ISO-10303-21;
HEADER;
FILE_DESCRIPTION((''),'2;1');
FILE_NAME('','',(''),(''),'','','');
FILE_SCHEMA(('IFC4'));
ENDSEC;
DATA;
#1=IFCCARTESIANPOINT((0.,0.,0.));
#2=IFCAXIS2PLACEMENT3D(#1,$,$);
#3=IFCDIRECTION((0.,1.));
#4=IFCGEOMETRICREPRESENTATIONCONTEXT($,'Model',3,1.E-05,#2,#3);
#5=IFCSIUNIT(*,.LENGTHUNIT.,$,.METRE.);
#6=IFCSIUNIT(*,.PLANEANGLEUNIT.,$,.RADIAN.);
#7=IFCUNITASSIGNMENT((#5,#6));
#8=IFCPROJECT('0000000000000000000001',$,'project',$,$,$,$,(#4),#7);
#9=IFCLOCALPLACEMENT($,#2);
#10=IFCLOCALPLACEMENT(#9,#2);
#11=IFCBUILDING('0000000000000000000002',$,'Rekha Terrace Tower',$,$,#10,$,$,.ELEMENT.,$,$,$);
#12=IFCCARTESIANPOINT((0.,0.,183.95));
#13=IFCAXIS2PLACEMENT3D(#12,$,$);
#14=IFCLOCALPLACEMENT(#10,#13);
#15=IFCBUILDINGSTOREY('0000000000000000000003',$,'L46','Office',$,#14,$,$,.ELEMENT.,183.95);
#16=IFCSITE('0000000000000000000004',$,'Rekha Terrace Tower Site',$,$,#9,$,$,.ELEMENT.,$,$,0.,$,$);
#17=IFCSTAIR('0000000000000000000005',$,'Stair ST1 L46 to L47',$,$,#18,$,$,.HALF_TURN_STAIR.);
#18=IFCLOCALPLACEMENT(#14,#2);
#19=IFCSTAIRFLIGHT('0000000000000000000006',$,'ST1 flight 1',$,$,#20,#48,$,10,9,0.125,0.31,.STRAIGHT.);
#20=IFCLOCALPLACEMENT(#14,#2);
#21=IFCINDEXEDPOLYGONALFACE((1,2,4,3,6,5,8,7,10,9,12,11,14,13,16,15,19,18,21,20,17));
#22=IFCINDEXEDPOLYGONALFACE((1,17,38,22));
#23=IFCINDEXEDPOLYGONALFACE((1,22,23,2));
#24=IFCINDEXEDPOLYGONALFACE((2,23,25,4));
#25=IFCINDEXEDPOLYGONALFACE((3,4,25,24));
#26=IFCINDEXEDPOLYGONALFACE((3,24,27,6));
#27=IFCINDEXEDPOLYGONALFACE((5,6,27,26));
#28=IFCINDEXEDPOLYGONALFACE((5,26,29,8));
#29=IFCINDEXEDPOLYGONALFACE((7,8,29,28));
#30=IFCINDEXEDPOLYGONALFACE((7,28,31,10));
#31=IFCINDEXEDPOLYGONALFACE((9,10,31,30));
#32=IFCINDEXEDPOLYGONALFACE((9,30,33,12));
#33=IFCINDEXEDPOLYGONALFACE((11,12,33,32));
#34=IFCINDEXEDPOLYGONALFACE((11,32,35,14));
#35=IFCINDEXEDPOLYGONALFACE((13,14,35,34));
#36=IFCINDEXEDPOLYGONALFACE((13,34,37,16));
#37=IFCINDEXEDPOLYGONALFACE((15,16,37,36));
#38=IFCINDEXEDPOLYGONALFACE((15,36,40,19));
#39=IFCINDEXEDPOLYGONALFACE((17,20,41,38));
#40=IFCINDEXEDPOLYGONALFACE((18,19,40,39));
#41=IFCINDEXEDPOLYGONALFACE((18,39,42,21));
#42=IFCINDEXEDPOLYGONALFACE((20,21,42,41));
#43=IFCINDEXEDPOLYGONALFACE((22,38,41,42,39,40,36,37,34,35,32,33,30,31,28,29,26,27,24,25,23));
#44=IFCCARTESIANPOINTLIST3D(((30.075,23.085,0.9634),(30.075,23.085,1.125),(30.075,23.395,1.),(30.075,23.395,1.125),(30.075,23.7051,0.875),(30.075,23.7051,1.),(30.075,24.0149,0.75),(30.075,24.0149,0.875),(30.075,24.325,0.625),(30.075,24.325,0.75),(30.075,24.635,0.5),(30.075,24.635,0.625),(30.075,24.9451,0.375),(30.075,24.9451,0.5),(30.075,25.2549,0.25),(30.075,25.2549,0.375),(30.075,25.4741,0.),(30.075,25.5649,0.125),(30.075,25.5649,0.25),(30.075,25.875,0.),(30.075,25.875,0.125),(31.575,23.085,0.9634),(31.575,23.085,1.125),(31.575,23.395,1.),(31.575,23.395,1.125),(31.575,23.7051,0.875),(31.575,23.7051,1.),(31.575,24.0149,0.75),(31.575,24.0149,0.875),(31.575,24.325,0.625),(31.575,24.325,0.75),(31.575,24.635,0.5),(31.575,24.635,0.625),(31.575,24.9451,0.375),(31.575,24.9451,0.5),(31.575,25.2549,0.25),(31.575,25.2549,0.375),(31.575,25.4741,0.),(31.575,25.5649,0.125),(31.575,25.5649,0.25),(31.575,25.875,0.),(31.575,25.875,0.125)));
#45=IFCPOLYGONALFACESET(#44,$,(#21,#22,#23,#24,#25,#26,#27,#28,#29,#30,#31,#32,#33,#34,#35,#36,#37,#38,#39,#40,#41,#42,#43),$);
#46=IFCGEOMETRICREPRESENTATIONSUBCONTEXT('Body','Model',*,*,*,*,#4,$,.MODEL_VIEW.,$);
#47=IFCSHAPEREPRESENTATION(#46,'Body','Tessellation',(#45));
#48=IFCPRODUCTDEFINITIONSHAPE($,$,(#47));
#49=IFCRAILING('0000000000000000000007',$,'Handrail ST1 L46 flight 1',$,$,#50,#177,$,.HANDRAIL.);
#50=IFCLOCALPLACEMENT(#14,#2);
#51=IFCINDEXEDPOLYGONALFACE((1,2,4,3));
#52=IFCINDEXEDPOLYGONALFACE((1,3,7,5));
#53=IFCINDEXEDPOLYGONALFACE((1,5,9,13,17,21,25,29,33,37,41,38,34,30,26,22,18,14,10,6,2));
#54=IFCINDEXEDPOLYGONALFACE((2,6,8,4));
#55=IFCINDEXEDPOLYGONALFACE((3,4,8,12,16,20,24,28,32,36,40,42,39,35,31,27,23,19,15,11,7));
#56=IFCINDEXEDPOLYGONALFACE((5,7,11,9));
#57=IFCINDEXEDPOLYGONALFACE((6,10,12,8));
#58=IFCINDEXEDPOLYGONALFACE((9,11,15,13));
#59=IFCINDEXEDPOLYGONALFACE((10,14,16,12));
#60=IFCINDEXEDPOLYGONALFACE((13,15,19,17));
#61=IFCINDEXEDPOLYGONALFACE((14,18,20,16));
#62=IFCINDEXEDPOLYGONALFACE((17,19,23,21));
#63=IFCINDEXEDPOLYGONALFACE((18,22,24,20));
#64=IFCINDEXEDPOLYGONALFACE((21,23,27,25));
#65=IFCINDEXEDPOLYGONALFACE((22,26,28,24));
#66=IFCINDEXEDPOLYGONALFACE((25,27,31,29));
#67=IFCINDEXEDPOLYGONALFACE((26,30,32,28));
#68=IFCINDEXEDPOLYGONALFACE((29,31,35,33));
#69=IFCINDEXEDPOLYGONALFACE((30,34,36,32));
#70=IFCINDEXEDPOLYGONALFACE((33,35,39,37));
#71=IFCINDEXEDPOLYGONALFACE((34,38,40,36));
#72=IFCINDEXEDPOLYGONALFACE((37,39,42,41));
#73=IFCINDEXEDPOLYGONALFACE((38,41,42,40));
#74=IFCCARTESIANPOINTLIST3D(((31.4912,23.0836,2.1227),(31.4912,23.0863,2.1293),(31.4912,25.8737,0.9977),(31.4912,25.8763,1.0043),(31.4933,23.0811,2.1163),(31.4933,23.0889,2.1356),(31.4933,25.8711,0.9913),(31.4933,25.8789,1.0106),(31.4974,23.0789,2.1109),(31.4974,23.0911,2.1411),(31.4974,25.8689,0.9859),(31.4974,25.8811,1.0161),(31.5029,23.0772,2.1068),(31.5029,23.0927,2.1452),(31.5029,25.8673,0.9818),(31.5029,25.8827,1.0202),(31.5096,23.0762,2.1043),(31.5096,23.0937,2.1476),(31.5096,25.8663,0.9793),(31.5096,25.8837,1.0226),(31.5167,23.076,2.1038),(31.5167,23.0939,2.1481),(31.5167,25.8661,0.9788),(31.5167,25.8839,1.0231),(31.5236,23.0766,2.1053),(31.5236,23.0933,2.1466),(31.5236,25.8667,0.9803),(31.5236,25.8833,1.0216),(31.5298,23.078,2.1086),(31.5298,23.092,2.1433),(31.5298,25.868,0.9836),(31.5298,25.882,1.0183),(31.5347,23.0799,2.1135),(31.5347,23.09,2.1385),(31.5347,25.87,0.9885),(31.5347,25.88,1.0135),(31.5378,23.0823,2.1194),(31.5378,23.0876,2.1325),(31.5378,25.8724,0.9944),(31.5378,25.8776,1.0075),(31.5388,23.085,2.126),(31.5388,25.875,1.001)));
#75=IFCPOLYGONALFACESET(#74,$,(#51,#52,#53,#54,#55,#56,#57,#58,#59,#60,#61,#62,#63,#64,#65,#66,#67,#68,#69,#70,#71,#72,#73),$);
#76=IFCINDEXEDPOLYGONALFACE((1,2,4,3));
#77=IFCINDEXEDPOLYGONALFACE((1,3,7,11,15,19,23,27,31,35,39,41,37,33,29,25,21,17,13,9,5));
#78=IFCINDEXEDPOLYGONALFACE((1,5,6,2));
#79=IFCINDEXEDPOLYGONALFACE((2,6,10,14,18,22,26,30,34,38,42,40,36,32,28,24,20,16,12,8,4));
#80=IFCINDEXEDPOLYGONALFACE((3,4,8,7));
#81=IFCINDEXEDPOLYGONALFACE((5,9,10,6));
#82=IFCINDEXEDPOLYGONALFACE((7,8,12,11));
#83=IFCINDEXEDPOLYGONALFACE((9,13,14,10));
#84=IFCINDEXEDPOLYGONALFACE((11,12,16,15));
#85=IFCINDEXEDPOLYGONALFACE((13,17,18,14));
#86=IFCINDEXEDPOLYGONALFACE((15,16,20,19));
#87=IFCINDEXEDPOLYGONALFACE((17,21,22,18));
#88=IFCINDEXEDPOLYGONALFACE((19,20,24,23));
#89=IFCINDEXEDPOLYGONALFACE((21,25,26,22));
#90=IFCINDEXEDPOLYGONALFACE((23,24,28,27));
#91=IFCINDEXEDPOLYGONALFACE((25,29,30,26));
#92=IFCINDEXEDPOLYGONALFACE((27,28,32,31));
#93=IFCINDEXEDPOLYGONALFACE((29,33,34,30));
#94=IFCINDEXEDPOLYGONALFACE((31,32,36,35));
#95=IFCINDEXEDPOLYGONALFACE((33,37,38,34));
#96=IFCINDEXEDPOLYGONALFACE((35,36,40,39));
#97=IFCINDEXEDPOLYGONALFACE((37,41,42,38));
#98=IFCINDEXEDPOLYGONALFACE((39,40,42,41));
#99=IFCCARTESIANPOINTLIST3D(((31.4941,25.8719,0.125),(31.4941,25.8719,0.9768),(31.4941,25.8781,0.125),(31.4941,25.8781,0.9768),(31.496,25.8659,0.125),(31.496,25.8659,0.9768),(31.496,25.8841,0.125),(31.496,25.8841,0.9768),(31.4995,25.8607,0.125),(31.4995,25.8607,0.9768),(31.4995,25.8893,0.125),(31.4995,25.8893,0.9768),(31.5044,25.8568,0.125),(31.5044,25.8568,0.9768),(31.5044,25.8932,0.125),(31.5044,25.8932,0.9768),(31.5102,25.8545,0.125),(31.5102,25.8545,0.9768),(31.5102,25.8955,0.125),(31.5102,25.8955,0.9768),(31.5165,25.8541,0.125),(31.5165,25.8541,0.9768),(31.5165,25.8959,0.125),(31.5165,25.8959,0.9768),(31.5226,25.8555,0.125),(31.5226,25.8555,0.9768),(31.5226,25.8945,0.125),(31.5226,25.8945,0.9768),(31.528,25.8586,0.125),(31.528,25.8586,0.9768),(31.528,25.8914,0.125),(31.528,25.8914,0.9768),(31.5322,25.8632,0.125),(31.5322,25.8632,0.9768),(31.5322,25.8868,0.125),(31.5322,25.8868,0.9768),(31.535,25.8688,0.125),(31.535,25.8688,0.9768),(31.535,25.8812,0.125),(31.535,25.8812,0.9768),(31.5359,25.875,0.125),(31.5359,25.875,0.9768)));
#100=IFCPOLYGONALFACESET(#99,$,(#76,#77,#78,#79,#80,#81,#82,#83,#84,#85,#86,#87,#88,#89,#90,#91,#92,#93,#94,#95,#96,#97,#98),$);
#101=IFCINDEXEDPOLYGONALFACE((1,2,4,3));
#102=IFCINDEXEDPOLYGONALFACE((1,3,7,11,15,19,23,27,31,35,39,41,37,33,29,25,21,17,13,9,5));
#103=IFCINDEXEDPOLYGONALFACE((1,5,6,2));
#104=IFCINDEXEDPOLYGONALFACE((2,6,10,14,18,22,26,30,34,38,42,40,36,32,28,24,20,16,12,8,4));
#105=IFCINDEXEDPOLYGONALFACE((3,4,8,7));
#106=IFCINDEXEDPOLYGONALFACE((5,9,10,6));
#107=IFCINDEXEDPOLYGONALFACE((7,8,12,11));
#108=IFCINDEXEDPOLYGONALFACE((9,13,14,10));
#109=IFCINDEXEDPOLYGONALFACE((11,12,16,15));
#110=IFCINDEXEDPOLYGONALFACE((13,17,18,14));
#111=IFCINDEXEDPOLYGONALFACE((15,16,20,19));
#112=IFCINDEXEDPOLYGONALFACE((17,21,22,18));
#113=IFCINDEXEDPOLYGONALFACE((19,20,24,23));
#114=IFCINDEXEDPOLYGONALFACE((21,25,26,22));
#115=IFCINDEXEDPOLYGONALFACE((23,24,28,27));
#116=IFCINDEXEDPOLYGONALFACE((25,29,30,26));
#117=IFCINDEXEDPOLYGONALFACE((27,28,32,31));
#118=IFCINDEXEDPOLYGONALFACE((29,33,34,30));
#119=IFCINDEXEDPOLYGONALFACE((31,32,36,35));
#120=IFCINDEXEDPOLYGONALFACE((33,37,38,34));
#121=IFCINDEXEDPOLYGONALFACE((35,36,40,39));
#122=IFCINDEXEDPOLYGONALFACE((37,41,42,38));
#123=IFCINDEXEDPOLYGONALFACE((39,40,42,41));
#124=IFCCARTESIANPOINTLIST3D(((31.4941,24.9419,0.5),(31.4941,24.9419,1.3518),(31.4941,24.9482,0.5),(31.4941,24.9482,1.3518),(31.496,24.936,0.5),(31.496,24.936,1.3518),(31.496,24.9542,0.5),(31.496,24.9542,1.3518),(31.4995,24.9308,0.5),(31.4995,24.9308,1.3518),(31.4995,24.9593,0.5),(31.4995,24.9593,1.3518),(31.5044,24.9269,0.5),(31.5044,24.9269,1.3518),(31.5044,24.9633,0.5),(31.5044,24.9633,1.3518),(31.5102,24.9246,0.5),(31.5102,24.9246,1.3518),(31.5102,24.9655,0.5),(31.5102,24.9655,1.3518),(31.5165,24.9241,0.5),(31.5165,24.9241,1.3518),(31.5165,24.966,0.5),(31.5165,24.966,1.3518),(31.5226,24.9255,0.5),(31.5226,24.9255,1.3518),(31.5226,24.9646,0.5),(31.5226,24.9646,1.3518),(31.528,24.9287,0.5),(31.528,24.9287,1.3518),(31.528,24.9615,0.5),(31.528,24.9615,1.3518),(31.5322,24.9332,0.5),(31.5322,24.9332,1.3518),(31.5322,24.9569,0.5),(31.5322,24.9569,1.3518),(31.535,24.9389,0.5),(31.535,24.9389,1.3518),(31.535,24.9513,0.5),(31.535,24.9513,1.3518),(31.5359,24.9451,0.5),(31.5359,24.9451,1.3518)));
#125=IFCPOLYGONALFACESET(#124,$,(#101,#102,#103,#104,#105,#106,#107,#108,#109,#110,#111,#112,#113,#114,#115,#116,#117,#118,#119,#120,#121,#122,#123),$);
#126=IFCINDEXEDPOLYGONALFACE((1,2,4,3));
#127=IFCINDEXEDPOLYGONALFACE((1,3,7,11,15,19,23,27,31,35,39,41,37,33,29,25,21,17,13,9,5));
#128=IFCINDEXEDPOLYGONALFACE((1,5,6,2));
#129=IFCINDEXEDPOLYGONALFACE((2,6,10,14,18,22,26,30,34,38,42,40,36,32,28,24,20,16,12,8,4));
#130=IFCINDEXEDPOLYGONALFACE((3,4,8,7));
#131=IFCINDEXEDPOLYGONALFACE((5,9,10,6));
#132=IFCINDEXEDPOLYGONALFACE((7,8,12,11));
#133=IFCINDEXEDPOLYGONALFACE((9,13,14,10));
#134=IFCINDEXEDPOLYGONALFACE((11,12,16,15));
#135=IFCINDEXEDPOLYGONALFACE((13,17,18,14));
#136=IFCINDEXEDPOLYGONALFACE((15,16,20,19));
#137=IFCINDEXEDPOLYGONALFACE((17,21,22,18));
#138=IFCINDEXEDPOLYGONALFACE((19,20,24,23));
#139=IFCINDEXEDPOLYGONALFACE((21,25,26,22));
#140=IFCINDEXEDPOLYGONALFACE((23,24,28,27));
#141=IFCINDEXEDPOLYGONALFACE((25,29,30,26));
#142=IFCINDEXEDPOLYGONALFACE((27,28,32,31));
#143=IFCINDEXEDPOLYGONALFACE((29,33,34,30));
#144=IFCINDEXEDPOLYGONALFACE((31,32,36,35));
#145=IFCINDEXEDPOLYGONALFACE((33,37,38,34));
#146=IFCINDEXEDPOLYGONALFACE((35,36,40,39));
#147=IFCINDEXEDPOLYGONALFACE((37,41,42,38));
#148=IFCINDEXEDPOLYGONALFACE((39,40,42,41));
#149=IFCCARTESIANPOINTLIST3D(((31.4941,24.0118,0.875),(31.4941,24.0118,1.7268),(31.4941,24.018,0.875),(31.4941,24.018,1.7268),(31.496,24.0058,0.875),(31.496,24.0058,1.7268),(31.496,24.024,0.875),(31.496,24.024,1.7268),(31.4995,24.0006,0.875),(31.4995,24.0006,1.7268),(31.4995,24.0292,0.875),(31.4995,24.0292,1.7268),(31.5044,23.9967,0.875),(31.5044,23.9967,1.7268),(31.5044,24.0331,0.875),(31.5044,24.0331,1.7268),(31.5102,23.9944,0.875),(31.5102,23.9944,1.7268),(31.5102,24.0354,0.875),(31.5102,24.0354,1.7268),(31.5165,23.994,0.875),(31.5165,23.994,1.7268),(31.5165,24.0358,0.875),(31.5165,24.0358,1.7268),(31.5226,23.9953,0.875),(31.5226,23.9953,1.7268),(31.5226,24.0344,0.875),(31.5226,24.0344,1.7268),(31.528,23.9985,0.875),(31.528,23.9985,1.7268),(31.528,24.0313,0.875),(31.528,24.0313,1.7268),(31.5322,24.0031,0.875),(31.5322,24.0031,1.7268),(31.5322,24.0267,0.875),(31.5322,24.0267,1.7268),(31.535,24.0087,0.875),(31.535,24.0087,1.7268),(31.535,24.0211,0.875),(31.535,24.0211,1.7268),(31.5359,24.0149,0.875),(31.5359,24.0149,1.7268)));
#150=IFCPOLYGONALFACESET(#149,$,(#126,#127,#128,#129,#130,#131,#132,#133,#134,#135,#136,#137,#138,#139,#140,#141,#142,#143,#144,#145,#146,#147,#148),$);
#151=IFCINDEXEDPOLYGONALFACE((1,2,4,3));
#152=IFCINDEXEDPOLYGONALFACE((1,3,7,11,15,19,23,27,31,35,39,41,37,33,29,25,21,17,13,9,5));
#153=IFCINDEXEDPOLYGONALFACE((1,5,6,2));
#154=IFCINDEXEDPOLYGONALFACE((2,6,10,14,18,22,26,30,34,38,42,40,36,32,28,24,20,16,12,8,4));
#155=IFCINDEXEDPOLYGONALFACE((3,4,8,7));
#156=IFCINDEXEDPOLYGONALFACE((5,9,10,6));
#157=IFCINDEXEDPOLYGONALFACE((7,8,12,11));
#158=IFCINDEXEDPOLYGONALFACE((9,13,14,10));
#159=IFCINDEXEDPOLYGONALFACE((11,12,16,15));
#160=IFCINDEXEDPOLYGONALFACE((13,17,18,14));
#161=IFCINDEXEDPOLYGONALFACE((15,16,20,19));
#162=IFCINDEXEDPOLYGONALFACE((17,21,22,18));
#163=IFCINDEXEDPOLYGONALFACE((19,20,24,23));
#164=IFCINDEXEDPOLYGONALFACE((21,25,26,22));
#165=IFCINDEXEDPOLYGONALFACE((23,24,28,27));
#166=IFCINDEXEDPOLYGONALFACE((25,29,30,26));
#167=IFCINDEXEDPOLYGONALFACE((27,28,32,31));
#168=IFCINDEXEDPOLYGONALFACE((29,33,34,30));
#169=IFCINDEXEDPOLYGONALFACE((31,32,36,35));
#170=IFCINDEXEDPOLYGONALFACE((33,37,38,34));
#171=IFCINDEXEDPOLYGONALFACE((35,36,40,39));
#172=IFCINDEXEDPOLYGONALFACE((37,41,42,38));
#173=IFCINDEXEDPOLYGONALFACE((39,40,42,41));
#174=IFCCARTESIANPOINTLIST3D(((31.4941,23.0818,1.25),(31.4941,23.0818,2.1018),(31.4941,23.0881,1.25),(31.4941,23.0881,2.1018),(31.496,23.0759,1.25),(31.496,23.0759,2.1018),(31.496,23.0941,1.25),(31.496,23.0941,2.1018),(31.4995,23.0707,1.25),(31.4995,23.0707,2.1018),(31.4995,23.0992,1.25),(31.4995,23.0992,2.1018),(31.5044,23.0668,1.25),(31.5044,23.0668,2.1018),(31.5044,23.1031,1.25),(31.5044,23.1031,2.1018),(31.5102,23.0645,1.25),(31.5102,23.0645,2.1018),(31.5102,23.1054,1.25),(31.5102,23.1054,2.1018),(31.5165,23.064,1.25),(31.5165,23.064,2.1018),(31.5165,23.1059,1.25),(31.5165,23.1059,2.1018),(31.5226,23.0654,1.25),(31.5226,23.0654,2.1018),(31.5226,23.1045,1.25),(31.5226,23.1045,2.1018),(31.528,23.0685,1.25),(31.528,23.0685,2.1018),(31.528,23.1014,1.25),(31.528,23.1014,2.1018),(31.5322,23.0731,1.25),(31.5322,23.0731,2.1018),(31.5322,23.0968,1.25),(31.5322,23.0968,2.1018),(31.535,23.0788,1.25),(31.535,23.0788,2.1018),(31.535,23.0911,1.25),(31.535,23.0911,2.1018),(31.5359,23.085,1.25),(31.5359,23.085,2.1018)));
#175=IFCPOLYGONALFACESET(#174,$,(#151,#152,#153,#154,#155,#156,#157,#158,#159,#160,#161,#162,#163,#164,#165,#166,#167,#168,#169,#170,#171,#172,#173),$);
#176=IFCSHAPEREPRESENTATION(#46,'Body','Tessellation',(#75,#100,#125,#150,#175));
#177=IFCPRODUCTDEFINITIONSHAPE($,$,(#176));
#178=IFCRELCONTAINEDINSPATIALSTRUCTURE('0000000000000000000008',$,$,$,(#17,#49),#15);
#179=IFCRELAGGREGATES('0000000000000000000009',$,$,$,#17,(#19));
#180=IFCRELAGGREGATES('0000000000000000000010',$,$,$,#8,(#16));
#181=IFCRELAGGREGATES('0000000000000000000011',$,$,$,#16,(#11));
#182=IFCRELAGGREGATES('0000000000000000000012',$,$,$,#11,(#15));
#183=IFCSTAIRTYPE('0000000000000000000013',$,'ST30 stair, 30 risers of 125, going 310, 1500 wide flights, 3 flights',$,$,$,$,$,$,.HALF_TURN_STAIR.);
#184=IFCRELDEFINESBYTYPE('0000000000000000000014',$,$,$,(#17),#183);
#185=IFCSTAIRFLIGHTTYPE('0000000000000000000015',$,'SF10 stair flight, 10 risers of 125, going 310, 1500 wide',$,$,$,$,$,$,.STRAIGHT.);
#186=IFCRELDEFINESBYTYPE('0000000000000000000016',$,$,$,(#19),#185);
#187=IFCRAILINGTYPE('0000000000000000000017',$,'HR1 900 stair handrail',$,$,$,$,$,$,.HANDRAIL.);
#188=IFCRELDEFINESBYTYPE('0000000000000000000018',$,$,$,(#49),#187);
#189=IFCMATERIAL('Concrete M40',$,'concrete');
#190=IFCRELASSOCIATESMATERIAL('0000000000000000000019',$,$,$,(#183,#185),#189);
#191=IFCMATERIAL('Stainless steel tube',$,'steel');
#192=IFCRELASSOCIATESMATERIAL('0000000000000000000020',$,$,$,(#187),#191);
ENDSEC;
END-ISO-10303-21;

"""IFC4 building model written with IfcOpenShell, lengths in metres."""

from ifc_helpers import new_model, si_unit, direction, frame, origin, origin_2d, place, context, subcontext, project, spatial, polyline, circle, outline, extrude, material, type_object, element, aggregate, save


model = new_model("IFC4")

# Units and contexts
model_context = context("Model", 3, precision=1e-05, world=origin(), true_north=direction((0.0, 1.0)))
body_context = subcontext(model_context, "Body", "Model", "MODEL_VIEW")
ifc_project = project(units=[si_unit("LENGTHUNIT", "METRE"), si_unit("PLANEANGLEUNIT", "RADIAN")], contexts=[model_context])

# Site, building, storey
site_placement = place(None, origin())
site = spatial("IfcSite", under=ifc_project, at=site_placement, Name="Rekha Terrace Tower Site", CompositionType="ELEMENT", RefElevation=0.0)
building_placement = place(site_placement, origin())
building = spatial("IfcBuilding", under=site, at=building_placement, Name="Rekha Terrace Tower", CompositionType="ELEMENT")
storey_placement = place(building_placement, frame((0.0, 0.0, 183.95)))
storey = spatial("IfcBuildingStorey", under=building, at=storey_placement, Name="L46", Description="Office", CompositionType="ELEMENT", Elevation=183.95)

# Stair, stair flight
ifc_material_1 = material(Name="Concrete M40", Category="concrete")
stair_type = type_object("IfcStairType", Name="ST30 stair, 30 risers of 125, going 310, 1500 wide flights, 3 flights", PredefinedType="HALF_TURN_STAIR", material=ifc_material_1)
stair_placement = place(storey_placement, origin())
stair = element("IfcStair", 1, at=stair_placement, inside=storey, type_object=stair_type, Name="Stair ST1 L46 to L47", PredefinedType="HALF_TURN_STAIR")
stair_flight_type = type_object("IfcStairFlightType", Name="SF10 stair flight, 10 risers of 125, going 310, 1500 wide", PredefinedType="STRAIGHT", material=ifc_material_1)
stair_flight_placement = place(storey_placement, frame((30.825, 25.875, 0.0), z_axis=(0.0, 0.0, 1.0), x_axis=(0.0, -1.0, 0.0)))
stair_flight = element("IfcStairFlight", 2, at=stair_flight_placement, type_object=stair_flight_type, Name="ST1 flight 1", NumberOfRisers=10, NumberOfTreads=9, PredefinedType="STRAIGHT", RiserHeight=0.125, TreadLength=0.31, context=body_context, shape_type="SweptSolid", body=[
    extrude(outline(polyline([(0.0, 0.0), (0.0, 0.125), (0.3101, 0.125), (0.3101, 0.25), (0.6201, 0.25), (0.6201, 0.375), (0.9299, 0.375), (0.9299, 0.5), (1.24, 0.5), (1.24, 0.625), (1.55, 0.625), (1.55, 0.75), (1.8601, 0.75), (1.8601, 0.875), (2.1699, 0.875), (2.1699, 1.0), (2.48, 1.0), (2.48, 1.125), (2.79, 1.125), (2.79, 1.25), (2.79, 0.9634), (0.4009, 0.0), (0.0, 0.0)])), frame((0.0, 0.75, 0.0), z_axis=(0.0, -1.0, 0.0), x_axis=(1.0, 0.0, 0.0)), (0.0, 0.0, 1.0), 1.5),
])
aggregate(stair, [stair_flight])

# Railing
ifc_material_2 = material(Name="Stainless steel tube", Category="steel")
railing_type = type_object("IfcRailingType", Name="HR1 900 stair handrail", PredefinedType="HANDRAIL", material=ifc_material_2)
railing_placement = place(storey_placement, frame((31.5149, 25.875, 0.125)))
element("IfcRailing", 3, at=railing_placement, inside=storey, type_object=railing_type, Name="Handrail ST1 L46 flight 1", PredefinedType="HANDRAIL", context=body_context, shape_type="SweptSolid", body=[
    extrude(circle(Radius=0.0239, at=origin_2d()), frame((0.0, 0.0, 0.876), z_axis=(0.0, -0.927443, 0.373964), x_axis=(1.0, 0.0, 0.0)), (0.0, 0.0, 1.0), 3.0083),
    extrude(circle(Radius=0.021, at=origin_2d()), origin(), (0.0, 0.0, 1.0), 0.8518),
    extrude(circle(Radius=0.021, at=origin_2d()), frame((0.0, -0.9299, 0.375)), (0.0, 0.0, 1.0), 0.8518),
    extrude(circle(Radius=0.021, at=origin_2d()), frame((0.0, -1.8601, 0.75)), (0.0, 0.0, 1.0), 0.8518),
    extrude(circle(Radius=0.021, at=origin_2d()), frame((0.0, -2.79, 1.125)), (0.0, 0.0, 1.0), 0.8518),
])

save(model, "model.ifc")
